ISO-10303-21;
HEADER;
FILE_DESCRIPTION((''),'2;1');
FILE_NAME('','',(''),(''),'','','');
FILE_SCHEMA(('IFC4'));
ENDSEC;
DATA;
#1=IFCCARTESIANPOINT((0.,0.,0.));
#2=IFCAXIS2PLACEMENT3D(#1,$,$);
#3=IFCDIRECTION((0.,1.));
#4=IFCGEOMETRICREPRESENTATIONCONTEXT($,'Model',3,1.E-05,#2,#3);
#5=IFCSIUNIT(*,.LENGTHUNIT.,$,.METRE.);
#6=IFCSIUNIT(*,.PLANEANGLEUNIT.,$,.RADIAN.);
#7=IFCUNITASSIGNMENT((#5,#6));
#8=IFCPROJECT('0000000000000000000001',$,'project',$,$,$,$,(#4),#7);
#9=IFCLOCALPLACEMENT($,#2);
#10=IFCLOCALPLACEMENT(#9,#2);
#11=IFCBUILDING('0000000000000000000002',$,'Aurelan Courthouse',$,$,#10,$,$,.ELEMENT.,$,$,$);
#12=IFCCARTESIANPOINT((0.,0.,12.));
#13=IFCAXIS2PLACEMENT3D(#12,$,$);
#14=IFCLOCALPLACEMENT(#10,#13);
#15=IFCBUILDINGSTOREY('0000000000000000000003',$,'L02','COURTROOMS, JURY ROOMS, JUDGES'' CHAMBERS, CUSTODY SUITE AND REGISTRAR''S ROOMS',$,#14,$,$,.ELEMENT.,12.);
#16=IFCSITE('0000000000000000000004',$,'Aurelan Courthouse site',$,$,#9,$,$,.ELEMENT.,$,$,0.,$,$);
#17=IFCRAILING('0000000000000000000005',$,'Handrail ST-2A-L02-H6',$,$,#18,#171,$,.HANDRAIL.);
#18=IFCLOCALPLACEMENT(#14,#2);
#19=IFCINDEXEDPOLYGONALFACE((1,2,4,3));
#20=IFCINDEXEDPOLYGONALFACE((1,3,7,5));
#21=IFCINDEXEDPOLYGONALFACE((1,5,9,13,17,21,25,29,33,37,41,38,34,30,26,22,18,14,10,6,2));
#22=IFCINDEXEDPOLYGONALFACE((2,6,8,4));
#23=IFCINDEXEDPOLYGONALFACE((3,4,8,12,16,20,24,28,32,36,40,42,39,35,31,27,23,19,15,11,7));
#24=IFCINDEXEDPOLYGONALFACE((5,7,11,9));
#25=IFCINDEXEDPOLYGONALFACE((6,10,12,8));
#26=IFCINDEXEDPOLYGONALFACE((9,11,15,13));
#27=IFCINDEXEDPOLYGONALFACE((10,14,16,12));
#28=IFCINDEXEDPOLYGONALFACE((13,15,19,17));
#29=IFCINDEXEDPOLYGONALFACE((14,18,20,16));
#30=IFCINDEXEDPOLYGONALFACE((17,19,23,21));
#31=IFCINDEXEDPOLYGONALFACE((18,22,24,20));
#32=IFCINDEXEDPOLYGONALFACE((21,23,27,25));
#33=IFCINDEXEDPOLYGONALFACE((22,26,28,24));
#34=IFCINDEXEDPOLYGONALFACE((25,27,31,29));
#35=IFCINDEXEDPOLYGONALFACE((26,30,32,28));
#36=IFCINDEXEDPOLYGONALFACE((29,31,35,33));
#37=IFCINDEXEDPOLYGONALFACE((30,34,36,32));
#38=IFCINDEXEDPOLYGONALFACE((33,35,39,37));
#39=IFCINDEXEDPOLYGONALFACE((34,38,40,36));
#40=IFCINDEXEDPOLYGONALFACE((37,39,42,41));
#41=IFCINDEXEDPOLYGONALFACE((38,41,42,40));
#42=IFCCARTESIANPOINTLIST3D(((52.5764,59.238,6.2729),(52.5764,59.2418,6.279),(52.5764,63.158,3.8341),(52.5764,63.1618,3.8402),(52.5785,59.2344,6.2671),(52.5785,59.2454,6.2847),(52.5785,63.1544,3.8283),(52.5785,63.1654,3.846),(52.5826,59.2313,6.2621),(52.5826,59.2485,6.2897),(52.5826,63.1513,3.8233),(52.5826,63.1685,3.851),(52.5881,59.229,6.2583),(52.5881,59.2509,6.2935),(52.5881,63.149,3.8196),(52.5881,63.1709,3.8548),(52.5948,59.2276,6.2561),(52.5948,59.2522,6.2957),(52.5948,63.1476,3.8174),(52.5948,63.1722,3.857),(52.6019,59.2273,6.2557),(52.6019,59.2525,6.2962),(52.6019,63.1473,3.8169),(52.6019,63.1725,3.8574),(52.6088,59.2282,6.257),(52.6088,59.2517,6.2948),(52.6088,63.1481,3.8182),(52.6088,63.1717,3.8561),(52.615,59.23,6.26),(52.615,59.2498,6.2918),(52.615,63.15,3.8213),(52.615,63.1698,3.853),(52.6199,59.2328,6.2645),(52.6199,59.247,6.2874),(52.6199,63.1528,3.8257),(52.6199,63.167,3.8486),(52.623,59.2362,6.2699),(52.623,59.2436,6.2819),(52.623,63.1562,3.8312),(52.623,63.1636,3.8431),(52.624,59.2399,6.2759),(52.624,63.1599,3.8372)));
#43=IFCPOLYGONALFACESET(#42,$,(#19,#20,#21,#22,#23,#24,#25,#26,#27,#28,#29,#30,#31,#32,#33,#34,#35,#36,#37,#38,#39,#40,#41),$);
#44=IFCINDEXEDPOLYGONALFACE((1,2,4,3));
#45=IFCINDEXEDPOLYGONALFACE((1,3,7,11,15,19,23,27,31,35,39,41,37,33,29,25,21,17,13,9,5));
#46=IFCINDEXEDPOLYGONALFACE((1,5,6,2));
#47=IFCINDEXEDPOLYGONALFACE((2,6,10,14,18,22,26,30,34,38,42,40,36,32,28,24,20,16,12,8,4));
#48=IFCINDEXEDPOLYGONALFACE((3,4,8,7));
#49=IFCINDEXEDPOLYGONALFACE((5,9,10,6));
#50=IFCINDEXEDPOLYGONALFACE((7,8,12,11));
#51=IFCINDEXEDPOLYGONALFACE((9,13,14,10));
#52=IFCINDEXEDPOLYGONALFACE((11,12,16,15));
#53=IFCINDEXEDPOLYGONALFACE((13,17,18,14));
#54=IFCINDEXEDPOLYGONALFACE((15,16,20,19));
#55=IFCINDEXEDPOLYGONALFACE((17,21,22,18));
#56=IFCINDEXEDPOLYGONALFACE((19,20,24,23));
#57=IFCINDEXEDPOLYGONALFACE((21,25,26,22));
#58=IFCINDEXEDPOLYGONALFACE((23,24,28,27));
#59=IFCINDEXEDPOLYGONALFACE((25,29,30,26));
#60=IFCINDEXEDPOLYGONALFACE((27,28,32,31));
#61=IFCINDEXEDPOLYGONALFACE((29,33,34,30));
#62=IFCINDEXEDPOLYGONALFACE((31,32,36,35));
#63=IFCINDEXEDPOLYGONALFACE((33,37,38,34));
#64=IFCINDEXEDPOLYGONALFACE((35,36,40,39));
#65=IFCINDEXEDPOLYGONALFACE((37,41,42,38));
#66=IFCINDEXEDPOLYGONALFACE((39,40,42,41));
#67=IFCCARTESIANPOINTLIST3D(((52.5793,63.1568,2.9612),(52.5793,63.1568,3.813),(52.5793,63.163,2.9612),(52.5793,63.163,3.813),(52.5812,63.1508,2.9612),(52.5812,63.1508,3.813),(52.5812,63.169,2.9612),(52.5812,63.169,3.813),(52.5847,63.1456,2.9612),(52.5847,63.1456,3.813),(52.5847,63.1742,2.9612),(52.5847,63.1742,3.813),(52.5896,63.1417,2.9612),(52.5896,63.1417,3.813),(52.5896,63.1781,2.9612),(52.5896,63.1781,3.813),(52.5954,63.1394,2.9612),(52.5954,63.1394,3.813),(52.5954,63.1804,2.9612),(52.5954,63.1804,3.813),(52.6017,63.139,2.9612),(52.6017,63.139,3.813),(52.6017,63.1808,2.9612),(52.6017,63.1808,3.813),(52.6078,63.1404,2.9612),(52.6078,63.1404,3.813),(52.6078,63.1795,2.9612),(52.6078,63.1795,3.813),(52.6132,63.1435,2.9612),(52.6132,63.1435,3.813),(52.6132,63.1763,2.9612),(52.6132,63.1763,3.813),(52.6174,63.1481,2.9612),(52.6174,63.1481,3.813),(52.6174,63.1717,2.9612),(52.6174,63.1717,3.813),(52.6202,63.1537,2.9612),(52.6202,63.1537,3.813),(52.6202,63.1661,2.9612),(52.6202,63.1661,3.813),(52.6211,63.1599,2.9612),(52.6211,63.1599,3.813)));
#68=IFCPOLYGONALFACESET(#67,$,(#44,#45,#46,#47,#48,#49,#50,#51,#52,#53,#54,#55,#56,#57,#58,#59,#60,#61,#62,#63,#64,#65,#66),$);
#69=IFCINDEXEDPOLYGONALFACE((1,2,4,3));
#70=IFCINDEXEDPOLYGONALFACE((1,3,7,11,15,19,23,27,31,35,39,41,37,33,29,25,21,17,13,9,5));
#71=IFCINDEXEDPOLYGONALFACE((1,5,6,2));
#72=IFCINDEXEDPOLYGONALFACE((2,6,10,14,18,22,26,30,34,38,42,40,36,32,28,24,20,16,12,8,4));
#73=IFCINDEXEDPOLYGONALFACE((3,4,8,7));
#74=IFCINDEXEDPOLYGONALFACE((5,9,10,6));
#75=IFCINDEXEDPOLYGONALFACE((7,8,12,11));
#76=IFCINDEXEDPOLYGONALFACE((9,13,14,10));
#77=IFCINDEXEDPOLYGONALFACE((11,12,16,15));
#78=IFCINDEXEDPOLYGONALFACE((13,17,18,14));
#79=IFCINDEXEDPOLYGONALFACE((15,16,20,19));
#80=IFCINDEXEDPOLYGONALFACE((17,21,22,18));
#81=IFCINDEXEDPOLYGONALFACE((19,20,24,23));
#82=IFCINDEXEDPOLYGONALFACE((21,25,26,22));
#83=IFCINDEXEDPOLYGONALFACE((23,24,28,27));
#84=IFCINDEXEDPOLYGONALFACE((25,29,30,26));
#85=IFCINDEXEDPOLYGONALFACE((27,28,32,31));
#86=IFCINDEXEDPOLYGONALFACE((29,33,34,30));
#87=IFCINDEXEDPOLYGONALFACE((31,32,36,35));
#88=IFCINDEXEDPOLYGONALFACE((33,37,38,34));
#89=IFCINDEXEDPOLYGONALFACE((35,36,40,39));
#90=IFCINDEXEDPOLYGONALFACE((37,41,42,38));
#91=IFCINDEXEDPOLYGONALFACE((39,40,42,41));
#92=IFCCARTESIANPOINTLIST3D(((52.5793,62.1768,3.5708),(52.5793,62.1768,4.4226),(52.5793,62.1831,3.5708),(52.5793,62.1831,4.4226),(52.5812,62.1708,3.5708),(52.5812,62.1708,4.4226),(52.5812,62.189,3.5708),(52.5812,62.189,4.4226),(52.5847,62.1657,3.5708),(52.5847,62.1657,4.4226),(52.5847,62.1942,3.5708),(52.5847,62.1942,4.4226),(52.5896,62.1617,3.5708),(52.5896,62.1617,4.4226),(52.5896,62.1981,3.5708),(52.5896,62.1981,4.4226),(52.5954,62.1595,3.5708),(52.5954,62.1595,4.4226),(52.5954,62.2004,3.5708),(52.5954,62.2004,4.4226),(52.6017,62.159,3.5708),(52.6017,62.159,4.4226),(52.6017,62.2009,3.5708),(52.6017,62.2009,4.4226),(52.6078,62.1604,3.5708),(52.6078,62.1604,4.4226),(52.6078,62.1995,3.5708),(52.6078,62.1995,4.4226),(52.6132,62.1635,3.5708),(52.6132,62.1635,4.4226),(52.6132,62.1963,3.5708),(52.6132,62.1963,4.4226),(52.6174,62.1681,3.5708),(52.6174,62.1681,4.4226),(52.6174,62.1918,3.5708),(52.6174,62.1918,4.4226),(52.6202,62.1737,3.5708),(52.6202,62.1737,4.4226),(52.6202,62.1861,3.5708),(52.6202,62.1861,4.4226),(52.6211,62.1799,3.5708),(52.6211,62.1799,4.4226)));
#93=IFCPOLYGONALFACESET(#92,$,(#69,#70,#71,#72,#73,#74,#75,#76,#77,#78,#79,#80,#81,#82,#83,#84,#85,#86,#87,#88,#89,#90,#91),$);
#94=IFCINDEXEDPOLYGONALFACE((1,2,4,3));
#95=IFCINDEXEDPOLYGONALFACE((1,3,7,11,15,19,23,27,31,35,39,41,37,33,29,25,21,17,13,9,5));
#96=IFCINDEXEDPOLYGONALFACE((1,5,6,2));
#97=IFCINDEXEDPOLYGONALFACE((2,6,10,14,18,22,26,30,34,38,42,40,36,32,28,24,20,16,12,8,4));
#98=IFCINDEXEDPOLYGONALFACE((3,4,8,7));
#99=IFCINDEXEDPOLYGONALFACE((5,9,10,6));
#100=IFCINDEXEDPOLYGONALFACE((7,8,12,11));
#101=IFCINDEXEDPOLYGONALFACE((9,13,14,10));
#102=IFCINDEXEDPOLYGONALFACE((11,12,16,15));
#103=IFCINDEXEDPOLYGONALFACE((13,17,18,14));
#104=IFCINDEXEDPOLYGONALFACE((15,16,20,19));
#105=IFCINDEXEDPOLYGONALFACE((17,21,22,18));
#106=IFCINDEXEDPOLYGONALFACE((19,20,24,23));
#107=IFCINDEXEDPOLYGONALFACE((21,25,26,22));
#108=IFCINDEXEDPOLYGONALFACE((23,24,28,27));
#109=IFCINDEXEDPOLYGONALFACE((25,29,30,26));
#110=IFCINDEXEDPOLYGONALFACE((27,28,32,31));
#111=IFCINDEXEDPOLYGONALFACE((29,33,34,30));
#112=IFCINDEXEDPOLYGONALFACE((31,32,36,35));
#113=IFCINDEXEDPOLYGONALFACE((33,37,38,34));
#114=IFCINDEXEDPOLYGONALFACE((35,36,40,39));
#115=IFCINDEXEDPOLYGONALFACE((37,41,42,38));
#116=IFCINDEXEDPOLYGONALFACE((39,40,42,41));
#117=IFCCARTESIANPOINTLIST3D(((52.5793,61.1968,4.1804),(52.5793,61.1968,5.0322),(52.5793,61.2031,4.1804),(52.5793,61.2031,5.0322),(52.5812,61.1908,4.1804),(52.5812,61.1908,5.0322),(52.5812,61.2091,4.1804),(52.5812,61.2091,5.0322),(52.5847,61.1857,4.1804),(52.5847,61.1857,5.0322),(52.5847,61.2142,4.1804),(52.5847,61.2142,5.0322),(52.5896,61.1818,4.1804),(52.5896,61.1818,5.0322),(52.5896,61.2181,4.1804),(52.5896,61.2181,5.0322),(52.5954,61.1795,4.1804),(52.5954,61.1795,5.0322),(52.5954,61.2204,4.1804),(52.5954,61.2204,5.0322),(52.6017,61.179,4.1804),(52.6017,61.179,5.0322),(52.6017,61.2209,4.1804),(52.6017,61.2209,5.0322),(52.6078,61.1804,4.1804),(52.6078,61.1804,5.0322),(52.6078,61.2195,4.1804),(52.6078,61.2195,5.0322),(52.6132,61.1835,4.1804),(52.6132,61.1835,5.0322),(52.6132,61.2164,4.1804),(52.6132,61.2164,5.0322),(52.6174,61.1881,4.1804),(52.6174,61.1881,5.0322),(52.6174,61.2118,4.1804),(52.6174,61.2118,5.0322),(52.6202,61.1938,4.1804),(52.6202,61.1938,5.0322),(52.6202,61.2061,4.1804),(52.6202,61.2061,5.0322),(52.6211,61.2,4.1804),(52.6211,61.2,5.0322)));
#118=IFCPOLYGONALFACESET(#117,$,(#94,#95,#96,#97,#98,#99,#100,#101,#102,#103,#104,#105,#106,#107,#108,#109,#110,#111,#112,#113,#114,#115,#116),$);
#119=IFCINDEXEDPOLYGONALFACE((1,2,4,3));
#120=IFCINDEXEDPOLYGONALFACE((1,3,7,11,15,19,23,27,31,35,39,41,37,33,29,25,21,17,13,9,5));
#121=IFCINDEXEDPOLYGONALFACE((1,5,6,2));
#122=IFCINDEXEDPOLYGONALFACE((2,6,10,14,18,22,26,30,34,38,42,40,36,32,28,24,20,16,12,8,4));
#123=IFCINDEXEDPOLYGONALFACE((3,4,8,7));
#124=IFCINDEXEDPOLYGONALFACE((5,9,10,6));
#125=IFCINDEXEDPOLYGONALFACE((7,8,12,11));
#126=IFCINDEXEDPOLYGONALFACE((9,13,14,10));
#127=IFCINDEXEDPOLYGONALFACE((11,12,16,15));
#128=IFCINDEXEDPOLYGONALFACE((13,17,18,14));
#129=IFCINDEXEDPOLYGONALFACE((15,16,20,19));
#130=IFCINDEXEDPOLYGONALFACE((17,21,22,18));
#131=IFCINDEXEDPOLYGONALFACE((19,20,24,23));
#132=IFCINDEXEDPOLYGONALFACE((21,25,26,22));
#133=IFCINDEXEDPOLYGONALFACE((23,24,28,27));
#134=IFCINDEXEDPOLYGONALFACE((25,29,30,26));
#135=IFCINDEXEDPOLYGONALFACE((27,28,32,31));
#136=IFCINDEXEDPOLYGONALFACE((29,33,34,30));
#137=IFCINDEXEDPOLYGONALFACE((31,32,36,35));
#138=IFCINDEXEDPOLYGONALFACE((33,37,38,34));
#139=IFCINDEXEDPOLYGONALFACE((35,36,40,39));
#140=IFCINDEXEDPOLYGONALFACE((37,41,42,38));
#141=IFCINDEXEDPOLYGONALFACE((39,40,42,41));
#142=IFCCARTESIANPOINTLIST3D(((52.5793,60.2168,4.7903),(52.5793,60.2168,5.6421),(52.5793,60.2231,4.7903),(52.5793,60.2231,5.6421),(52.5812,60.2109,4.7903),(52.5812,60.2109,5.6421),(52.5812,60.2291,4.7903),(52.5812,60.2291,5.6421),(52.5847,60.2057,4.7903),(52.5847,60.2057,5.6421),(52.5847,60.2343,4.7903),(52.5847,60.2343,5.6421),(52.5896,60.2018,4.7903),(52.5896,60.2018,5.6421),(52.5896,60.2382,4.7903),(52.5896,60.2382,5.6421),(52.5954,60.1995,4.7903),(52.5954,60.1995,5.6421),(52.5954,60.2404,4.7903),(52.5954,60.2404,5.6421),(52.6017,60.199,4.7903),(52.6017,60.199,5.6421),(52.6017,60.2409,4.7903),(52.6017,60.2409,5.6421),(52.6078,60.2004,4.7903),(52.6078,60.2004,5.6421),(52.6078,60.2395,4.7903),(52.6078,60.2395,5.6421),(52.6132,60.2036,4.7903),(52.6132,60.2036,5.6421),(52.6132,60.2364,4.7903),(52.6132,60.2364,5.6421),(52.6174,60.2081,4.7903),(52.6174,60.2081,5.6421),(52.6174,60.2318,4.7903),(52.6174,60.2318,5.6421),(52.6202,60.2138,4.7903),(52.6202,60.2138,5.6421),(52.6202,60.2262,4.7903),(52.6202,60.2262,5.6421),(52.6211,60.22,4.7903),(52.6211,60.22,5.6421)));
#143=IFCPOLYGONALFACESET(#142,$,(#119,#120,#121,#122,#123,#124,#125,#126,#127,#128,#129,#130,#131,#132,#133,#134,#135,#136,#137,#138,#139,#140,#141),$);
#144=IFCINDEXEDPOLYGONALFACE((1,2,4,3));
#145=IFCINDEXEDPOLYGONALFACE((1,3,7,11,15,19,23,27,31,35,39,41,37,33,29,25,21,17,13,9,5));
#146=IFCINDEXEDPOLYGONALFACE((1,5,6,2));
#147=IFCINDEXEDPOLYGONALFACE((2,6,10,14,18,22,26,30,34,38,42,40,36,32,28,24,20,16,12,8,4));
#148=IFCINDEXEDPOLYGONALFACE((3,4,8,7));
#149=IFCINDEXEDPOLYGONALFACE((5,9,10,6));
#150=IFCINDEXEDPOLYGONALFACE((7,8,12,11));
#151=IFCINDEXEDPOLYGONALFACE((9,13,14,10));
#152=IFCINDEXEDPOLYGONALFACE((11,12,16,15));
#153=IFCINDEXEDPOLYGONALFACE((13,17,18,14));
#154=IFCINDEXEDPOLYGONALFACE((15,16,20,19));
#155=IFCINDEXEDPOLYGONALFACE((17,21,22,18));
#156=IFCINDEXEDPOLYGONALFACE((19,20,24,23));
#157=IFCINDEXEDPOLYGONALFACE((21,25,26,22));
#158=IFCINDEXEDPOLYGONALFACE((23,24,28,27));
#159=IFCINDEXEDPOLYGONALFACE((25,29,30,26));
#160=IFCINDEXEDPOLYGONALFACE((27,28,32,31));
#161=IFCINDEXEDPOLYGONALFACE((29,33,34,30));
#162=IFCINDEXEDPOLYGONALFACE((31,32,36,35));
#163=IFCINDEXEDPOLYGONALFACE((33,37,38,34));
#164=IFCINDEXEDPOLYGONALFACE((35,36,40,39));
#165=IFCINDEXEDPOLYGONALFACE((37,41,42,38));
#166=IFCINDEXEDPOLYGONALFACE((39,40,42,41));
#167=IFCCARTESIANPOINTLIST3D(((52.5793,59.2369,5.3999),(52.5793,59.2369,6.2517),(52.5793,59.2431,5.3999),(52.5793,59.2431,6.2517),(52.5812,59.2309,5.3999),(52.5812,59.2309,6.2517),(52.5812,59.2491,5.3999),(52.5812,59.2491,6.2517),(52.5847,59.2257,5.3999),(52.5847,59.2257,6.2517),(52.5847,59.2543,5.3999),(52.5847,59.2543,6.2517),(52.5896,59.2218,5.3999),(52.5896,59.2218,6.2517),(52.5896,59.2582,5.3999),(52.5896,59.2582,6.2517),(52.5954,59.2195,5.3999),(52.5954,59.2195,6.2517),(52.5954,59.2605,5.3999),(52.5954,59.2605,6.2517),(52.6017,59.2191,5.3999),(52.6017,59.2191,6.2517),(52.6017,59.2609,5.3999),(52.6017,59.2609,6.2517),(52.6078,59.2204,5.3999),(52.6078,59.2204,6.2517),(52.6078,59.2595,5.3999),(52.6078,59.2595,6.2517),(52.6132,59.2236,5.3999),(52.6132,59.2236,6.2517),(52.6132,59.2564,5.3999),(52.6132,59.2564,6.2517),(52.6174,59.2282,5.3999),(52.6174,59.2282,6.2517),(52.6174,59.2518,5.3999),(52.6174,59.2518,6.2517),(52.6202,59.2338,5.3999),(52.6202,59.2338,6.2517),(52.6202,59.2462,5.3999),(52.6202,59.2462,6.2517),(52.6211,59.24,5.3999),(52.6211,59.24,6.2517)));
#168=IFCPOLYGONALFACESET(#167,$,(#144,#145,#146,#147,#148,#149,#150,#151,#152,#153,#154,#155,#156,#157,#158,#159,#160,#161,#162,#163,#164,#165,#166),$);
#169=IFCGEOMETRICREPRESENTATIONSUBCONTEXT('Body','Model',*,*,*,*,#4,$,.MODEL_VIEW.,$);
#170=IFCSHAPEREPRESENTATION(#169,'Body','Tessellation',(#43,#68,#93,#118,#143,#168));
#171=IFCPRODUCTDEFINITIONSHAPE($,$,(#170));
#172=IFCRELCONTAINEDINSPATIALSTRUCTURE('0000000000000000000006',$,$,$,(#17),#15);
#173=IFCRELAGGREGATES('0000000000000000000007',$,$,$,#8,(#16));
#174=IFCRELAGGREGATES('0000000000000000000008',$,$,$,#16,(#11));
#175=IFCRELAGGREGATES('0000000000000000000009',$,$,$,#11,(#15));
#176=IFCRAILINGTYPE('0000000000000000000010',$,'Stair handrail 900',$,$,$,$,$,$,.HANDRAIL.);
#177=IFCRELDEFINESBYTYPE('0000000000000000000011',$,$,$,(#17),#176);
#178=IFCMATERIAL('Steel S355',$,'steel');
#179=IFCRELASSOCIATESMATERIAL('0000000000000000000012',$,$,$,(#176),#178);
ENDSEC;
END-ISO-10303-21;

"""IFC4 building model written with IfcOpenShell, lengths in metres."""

from ifc_helpers import new_model, si_unit, direction, frame, origin, origin_2d, place, context, subcontext, project, spatial, circle, extrude, material, type_object, element, save


model = new_model("IFC4")

# Units and contexts
model_context = context("Model", 3, precision=1e-05, world=origin(), true_north=direction((0.0, 1.0)))
body_context = subcontext(model_context, "Body", "Model", "MODEL_VIEW")
ifc_project = project(units=[si_unit("LENGTHUNIT", "METRE"), si_unit("PLANEANGLEUNIT", "RADIAN")], contexts=[model_context])

# Site, building, storey
site_placement = place(None, origin())
site = spatial("IfcSite", under=ifc_project, at=site_placement, Name="Aurelan Courthouse site", CompositionType="ELEMENT", RefElevation=0.0)
building_placement = place(site_placement, origin())
building = spatial("IfcBuilding", under=site, at=building_placement, Name="Aurelan Courthouse", CompositionType="ELEMENT")
storey_placement = place(building_placement, frame((0.0, 0.0, 12.0)))
storey = spatial("IfcBuildingStorey", under=building, at=storey_placement, Name="L02", Description="COURTROOMS, JURY ROOMS, JUDGES' CHAMBERS, CUSTODY SUITE AND REGISTRAR'S ROOMS", CompositionType="ELEMENT", Elevation=12.0)

# Railing
ifc_material_1 = material(Name="Steel S355", Category="steel")
railing_type_1 = type_object("IfcRailingType", Name="Stair handrail 900", PredefinedType="HANDRAIL", material=ifc_material_1)
for number, where, name in (
    (1, (52.6001, 63.1599, 2.9612), "Handrail ST-2A-L02-H6"),
):
    element("IfcRailing", number, at=place(storey_placement, frame(where)), inside=storey, type_object=railing_type_1, Name=name, PredefinedType="HANDRAIL", context=body_context, shape_type="SweptSolid", body=[
        extrude(circle(Radius=0.0239, at=origin_2d()), frame((0.0, 0.0, 0.876), z_axis=(0.0, -0.84909, 0.528249), x_axis=(1.0, 0.0, 0.0)), (0.0, 0.0, 1.0), 4.6167),
        extrude(circle(Radius=0.021, at=origin_2d()), origin(), (0.0, 0.0, 1.0), 0.8518),
        extrude(circle(Radius=0.021, at=origin_2d()), frame((0.0, -0.98, 0.6096)), (0.0, 0.0, 1.0), 0.8518),
        extrude(circle(Radius=0.021, at=origin_2d()), frame((0.0, -1.96, 1.2192)), (0.0, 0.0, 1.0), 0.8518),
        extrude(circle(Radius=0.021, at=origin_2d()), frame((0.0, -2.9399, 1.8291)), (0.0, 0.0, 1.0), 0.8518),
        extrude(circle(Radius=0.021, at=origin_2d()), frame((0.0, -3.9199, 2.4387)), (0.0, 0.0, 1.0), 0.8518),
    ])

save(model, "model.ifc")
